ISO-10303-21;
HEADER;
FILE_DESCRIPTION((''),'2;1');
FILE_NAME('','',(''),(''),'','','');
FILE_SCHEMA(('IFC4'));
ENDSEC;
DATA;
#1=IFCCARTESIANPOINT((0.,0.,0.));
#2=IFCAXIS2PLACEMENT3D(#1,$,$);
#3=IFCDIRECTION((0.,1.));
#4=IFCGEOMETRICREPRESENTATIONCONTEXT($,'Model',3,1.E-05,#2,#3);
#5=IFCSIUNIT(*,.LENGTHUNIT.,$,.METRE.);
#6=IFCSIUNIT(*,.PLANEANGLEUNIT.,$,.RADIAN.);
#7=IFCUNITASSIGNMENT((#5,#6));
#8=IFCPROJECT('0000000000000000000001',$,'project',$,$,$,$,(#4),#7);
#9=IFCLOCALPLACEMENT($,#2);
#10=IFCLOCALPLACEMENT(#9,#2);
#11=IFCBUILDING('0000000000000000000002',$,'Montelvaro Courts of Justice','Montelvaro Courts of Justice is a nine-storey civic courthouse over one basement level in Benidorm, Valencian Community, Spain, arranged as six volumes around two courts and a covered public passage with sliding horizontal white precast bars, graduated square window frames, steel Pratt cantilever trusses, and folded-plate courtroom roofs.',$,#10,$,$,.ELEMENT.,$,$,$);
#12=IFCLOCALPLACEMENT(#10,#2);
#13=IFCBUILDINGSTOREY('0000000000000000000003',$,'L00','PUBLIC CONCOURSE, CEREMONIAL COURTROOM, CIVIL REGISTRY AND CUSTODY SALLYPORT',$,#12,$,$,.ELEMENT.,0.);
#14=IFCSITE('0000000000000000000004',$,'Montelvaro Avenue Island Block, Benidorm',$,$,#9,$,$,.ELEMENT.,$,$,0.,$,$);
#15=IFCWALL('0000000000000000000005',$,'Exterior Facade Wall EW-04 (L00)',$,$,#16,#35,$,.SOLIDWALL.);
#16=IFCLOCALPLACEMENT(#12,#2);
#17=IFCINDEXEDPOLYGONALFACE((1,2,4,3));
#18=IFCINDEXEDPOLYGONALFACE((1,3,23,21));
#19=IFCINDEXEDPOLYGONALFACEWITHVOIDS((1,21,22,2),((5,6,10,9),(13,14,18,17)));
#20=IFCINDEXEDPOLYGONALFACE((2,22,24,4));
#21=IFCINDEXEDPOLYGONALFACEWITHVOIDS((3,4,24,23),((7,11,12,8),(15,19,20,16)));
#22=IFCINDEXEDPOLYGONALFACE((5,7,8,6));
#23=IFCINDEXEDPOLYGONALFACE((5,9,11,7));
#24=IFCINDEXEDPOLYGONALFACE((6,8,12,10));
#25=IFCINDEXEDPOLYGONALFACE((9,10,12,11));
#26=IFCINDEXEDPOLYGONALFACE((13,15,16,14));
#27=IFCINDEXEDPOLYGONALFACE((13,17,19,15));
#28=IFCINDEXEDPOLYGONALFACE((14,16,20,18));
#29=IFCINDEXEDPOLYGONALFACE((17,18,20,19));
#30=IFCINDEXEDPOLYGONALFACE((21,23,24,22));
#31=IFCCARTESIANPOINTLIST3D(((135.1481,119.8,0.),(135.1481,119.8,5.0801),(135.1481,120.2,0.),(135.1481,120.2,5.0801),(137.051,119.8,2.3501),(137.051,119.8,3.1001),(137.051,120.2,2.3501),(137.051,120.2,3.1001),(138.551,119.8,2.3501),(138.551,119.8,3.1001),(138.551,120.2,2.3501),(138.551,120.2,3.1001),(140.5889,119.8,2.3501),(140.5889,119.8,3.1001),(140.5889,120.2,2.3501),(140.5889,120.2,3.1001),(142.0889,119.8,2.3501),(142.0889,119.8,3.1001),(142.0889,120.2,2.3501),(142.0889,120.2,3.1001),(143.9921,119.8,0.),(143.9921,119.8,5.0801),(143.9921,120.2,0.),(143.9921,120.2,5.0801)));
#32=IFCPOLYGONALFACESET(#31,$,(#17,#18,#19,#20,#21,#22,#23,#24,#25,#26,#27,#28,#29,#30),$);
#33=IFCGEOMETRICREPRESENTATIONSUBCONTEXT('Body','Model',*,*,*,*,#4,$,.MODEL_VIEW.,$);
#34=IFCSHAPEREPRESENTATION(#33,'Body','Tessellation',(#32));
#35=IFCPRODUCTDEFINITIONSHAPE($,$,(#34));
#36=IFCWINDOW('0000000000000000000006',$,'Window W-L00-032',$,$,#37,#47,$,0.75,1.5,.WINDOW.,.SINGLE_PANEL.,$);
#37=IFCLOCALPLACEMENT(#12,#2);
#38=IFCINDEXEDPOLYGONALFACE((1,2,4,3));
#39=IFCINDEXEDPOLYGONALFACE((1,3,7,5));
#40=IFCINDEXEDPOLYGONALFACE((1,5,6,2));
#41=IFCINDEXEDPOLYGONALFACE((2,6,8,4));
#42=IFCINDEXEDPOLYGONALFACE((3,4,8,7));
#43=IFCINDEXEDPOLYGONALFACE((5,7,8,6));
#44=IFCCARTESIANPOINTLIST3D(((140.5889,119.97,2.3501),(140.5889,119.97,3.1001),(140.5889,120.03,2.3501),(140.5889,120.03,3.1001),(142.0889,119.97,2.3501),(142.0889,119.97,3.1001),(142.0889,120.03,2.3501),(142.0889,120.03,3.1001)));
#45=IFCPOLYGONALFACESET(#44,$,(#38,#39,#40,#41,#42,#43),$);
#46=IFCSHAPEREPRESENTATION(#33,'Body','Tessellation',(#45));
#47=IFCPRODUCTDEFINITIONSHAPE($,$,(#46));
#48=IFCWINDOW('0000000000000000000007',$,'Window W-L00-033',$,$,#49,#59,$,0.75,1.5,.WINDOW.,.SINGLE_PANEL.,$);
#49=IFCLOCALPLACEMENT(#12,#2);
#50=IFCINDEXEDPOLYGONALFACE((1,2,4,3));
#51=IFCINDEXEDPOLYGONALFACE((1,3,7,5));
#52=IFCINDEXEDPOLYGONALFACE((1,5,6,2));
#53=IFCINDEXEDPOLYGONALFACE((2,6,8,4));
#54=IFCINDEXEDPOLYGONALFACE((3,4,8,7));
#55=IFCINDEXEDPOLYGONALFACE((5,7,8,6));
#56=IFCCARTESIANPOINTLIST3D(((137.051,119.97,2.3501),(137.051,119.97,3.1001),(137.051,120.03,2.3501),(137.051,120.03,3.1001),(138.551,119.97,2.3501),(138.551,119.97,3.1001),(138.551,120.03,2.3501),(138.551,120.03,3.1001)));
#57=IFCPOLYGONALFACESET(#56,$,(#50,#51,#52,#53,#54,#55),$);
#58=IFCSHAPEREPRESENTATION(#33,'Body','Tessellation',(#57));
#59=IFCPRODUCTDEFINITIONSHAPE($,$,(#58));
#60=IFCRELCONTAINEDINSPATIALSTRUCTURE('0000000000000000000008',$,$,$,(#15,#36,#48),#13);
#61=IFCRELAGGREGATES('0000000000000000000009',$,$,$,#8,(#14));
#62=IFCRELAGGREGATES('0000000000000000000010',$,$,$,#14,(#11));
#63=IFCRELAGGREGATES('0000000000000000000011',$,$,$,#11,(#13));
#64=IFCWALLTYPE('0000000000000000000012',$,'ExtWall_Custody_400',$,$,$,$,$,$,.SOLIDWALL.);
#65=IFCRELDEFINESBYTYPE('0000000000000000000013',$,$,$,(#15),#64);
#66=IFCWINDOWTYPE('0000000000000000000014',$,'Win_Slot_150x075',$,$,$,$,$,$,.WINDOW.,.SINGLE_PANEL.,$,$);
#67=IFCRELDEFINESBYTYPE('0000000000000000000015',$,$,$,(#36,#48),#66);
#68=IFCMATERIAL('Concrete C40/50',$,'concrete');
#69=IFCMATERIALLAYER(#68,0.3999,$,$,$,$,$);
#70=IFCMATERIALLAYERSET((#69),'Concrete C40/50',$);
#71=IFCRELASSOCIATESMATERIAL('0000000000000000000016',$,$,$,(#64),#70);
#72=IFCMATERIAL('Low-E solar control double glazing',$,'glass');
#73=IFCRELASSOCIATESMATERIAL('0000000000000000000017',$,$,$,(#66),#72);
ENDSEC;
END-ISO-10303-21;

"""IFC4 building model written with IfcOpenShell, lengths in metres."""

from ifc_helpers import new_model, si_unit, direction, frame, frame_2d, origin, place, context, subcontext, project, spatial, rectangle, extrude, material, layer, layer_set, type_object, element, fill, save


model = new_model("IFC4")

# Units and contexts
model_context = context("Model", 3, precision=1e-05, world=origin(), true_north=direction((0.0, 1.0)))
body_context = subcontext(model_context, "Body", "Model", "MODEL_VIEW")
ifc_project = project(units=[si_unit("LENGTHUNIT", "METRE"), si_unit("PLANEANGLEUNIT", "RADIAN")], contexts=[model_context])

# Site, building, storey
site_placement = place(None, origin())
site = spatial("IfcSite", under=ifc_project, at=site_placement, Name="Montelvaro Avenue Island Block, Benidorm", CompositionType="ELEMENT", RefElevation=0.0)
building_placement = place(site_placement, origin())
building = spatial("IfcBuilding", under=site, at=building_placement, Name="Montelvaro Courts of Justice", Description="Montelvaro Courts of Justice is a nine-storey civic courthouse over one basement level in Benidorm, Valencian Community, Spain, arranged as six volumes around two courts and a covered public passage with sliding horizontal white precast bars, graduated square window frames, steel Pratt cantilever trusses, and folded-plate courtroom roofs.", CompositionType="ELEMENT")
storey_placement = place(building_placement, origin())
storey = spatial("IfcBuildingStorey", under=building, at=storey_placement, Name="L00", Description="PUBLIC CONCOURSE, CEREMONIAL COURTROOM, CIVIL REGISTRY AND CUSTODY SALLYPORT", CompositionType="ELEMENT", Elevation=0.0)

# Wall, openings, windows
ifc_material_1 = material(Name="Concrete C40/50", Category="concrete")
ifc_layer_1 = layer(ifc_material_1, 0.3999)
ifc_layer_set_1 = layer_set([ifc_layer_1], Name="Concrete C40/50")
wall_type_1 = type_object("IfcWallType", Name="ExtWall_Custody_400", PredefinedType="SOLIDWALL", material=ifc_layer_set_1)
ifc_material_2 = material(Name="Low-E solar control double glazing", Category="glass")
wall_1_placement = place(storey_placement, frame((143.9919, 120.0, 0.0), z_axis=(0.0, 0.0, 1.0), x_axis=(-1.0, 0.0, 0.0)))
wall_1 = element("IfcWall", 1, at=wall_1_placement, inside=storey, type_object=wall_type_1, Name="Exterior Facade Wall EW-04 (L00)", PredefinedType="SOLIDWALL", context=body_context, shape_type="SweptSolid", body=[
    extrude(rectangle(XDim=8.844, YDim=0.3999, at=frame_2d((4.4219, 0.0))), origin(), (0.0, 0.0, 1.0), 5.0801),
])
opening_1_placement = place(wall_1_placement, frame((1.9031, 0.0, 2.3501)))
opening_1 = element("IfcOpeningElement", 2, at=opening_1_placement, cuts=wall_1, PredefinedType="OPENING", context=body_context, shape_type="SweptSolid", body=[
    extrude(rectangle(XDim=1.5, YDim=0.75, at=frame_2d((0.75, 0.375))), frame((0.0, 0.2148, 0.0), z_axis=(0.0, -1.0, 0.0), x_axis=(1.0, 0.0, 0.0)), (0.0, 0.0, 1.0), 0.4297),
])
opening_2_placement = place(wall_1_placement, frame((5.4409, 0.0, 2.3501)))
opening_2 = element("IfcOpeningElement", 3, at=opening_2_placement, cuts=wall_1, PredefinedType="OPENING", context=body_context, shape_type="SweptSolid", body=[
    extrude(rectangle(XDim=1.5, YDim=0.75, at=frame_2d((0.75, 0.375))), frame((0.0, 0.2148, 0.0), z_axis=(0.0, -1.0, 0.0), x_axis=(1.0, 0.0, 0.0)), (0.0, 0.0, 1.0), 0.4297),
])
window_type_1 = type_object("IfcWindowType", Name="Win_Slot_150x075", PartitioningType="SINGLE_PANEL", PredefinedType="WINDOW", material=ifc_material_2)
window_1_placement = place(opening_1_placement, origin())
window_1 = element("IfcWindow", 4, at=window_1_placement, inside=storey, type_object=window_type_1, Name="Window W-L00-032", OverallHeight=0.75, OverallWidth=1.5, PartitioningType="SINGLE_PANEL", PredefinedType="WINDOW", context=body_context, shape_type="SweptSolid", body=[
    extrude(rectangle(XDim=1.5, YDim=0.75, at=frame_2d((0.75, 0.375))), frame((0.0, 0.03, 0.0), z_axis=(0.0, -1.0, 0.0), x_axis=(1.0, 0.0, 0.0)), (0.0, 0.0, 1.0), 0.0601),
])
fill(opening_1, window_1)
window_2_placement = place(opening_2_placement, origin())
window_2 = element("IfcWindow", 5, at=window_2_placement, inside=storey, type_object=window_type_1, Name="Window W-L00-033", OverallHeight=0.75, OverallWidth=1.5, PartitioningType="SINGLE_PANEL", PredefinedType="WINDOW", context=body_context, shape_type="SweptSolid", body=[
    extrude(rectangle(XDim=1.5, YDim=0.75, at=frame_2d((0.75, 0.375))), frame((0.0, 0.03, 0.0), z_axis=(0.0, -1.0, 0.0), x_axis=(1.0, 0.0, 0.0)), (0.0, 0.0, 1.0), 0.0601),
])
fill(opening_2, window_2)

save(model, "model.ifc")
